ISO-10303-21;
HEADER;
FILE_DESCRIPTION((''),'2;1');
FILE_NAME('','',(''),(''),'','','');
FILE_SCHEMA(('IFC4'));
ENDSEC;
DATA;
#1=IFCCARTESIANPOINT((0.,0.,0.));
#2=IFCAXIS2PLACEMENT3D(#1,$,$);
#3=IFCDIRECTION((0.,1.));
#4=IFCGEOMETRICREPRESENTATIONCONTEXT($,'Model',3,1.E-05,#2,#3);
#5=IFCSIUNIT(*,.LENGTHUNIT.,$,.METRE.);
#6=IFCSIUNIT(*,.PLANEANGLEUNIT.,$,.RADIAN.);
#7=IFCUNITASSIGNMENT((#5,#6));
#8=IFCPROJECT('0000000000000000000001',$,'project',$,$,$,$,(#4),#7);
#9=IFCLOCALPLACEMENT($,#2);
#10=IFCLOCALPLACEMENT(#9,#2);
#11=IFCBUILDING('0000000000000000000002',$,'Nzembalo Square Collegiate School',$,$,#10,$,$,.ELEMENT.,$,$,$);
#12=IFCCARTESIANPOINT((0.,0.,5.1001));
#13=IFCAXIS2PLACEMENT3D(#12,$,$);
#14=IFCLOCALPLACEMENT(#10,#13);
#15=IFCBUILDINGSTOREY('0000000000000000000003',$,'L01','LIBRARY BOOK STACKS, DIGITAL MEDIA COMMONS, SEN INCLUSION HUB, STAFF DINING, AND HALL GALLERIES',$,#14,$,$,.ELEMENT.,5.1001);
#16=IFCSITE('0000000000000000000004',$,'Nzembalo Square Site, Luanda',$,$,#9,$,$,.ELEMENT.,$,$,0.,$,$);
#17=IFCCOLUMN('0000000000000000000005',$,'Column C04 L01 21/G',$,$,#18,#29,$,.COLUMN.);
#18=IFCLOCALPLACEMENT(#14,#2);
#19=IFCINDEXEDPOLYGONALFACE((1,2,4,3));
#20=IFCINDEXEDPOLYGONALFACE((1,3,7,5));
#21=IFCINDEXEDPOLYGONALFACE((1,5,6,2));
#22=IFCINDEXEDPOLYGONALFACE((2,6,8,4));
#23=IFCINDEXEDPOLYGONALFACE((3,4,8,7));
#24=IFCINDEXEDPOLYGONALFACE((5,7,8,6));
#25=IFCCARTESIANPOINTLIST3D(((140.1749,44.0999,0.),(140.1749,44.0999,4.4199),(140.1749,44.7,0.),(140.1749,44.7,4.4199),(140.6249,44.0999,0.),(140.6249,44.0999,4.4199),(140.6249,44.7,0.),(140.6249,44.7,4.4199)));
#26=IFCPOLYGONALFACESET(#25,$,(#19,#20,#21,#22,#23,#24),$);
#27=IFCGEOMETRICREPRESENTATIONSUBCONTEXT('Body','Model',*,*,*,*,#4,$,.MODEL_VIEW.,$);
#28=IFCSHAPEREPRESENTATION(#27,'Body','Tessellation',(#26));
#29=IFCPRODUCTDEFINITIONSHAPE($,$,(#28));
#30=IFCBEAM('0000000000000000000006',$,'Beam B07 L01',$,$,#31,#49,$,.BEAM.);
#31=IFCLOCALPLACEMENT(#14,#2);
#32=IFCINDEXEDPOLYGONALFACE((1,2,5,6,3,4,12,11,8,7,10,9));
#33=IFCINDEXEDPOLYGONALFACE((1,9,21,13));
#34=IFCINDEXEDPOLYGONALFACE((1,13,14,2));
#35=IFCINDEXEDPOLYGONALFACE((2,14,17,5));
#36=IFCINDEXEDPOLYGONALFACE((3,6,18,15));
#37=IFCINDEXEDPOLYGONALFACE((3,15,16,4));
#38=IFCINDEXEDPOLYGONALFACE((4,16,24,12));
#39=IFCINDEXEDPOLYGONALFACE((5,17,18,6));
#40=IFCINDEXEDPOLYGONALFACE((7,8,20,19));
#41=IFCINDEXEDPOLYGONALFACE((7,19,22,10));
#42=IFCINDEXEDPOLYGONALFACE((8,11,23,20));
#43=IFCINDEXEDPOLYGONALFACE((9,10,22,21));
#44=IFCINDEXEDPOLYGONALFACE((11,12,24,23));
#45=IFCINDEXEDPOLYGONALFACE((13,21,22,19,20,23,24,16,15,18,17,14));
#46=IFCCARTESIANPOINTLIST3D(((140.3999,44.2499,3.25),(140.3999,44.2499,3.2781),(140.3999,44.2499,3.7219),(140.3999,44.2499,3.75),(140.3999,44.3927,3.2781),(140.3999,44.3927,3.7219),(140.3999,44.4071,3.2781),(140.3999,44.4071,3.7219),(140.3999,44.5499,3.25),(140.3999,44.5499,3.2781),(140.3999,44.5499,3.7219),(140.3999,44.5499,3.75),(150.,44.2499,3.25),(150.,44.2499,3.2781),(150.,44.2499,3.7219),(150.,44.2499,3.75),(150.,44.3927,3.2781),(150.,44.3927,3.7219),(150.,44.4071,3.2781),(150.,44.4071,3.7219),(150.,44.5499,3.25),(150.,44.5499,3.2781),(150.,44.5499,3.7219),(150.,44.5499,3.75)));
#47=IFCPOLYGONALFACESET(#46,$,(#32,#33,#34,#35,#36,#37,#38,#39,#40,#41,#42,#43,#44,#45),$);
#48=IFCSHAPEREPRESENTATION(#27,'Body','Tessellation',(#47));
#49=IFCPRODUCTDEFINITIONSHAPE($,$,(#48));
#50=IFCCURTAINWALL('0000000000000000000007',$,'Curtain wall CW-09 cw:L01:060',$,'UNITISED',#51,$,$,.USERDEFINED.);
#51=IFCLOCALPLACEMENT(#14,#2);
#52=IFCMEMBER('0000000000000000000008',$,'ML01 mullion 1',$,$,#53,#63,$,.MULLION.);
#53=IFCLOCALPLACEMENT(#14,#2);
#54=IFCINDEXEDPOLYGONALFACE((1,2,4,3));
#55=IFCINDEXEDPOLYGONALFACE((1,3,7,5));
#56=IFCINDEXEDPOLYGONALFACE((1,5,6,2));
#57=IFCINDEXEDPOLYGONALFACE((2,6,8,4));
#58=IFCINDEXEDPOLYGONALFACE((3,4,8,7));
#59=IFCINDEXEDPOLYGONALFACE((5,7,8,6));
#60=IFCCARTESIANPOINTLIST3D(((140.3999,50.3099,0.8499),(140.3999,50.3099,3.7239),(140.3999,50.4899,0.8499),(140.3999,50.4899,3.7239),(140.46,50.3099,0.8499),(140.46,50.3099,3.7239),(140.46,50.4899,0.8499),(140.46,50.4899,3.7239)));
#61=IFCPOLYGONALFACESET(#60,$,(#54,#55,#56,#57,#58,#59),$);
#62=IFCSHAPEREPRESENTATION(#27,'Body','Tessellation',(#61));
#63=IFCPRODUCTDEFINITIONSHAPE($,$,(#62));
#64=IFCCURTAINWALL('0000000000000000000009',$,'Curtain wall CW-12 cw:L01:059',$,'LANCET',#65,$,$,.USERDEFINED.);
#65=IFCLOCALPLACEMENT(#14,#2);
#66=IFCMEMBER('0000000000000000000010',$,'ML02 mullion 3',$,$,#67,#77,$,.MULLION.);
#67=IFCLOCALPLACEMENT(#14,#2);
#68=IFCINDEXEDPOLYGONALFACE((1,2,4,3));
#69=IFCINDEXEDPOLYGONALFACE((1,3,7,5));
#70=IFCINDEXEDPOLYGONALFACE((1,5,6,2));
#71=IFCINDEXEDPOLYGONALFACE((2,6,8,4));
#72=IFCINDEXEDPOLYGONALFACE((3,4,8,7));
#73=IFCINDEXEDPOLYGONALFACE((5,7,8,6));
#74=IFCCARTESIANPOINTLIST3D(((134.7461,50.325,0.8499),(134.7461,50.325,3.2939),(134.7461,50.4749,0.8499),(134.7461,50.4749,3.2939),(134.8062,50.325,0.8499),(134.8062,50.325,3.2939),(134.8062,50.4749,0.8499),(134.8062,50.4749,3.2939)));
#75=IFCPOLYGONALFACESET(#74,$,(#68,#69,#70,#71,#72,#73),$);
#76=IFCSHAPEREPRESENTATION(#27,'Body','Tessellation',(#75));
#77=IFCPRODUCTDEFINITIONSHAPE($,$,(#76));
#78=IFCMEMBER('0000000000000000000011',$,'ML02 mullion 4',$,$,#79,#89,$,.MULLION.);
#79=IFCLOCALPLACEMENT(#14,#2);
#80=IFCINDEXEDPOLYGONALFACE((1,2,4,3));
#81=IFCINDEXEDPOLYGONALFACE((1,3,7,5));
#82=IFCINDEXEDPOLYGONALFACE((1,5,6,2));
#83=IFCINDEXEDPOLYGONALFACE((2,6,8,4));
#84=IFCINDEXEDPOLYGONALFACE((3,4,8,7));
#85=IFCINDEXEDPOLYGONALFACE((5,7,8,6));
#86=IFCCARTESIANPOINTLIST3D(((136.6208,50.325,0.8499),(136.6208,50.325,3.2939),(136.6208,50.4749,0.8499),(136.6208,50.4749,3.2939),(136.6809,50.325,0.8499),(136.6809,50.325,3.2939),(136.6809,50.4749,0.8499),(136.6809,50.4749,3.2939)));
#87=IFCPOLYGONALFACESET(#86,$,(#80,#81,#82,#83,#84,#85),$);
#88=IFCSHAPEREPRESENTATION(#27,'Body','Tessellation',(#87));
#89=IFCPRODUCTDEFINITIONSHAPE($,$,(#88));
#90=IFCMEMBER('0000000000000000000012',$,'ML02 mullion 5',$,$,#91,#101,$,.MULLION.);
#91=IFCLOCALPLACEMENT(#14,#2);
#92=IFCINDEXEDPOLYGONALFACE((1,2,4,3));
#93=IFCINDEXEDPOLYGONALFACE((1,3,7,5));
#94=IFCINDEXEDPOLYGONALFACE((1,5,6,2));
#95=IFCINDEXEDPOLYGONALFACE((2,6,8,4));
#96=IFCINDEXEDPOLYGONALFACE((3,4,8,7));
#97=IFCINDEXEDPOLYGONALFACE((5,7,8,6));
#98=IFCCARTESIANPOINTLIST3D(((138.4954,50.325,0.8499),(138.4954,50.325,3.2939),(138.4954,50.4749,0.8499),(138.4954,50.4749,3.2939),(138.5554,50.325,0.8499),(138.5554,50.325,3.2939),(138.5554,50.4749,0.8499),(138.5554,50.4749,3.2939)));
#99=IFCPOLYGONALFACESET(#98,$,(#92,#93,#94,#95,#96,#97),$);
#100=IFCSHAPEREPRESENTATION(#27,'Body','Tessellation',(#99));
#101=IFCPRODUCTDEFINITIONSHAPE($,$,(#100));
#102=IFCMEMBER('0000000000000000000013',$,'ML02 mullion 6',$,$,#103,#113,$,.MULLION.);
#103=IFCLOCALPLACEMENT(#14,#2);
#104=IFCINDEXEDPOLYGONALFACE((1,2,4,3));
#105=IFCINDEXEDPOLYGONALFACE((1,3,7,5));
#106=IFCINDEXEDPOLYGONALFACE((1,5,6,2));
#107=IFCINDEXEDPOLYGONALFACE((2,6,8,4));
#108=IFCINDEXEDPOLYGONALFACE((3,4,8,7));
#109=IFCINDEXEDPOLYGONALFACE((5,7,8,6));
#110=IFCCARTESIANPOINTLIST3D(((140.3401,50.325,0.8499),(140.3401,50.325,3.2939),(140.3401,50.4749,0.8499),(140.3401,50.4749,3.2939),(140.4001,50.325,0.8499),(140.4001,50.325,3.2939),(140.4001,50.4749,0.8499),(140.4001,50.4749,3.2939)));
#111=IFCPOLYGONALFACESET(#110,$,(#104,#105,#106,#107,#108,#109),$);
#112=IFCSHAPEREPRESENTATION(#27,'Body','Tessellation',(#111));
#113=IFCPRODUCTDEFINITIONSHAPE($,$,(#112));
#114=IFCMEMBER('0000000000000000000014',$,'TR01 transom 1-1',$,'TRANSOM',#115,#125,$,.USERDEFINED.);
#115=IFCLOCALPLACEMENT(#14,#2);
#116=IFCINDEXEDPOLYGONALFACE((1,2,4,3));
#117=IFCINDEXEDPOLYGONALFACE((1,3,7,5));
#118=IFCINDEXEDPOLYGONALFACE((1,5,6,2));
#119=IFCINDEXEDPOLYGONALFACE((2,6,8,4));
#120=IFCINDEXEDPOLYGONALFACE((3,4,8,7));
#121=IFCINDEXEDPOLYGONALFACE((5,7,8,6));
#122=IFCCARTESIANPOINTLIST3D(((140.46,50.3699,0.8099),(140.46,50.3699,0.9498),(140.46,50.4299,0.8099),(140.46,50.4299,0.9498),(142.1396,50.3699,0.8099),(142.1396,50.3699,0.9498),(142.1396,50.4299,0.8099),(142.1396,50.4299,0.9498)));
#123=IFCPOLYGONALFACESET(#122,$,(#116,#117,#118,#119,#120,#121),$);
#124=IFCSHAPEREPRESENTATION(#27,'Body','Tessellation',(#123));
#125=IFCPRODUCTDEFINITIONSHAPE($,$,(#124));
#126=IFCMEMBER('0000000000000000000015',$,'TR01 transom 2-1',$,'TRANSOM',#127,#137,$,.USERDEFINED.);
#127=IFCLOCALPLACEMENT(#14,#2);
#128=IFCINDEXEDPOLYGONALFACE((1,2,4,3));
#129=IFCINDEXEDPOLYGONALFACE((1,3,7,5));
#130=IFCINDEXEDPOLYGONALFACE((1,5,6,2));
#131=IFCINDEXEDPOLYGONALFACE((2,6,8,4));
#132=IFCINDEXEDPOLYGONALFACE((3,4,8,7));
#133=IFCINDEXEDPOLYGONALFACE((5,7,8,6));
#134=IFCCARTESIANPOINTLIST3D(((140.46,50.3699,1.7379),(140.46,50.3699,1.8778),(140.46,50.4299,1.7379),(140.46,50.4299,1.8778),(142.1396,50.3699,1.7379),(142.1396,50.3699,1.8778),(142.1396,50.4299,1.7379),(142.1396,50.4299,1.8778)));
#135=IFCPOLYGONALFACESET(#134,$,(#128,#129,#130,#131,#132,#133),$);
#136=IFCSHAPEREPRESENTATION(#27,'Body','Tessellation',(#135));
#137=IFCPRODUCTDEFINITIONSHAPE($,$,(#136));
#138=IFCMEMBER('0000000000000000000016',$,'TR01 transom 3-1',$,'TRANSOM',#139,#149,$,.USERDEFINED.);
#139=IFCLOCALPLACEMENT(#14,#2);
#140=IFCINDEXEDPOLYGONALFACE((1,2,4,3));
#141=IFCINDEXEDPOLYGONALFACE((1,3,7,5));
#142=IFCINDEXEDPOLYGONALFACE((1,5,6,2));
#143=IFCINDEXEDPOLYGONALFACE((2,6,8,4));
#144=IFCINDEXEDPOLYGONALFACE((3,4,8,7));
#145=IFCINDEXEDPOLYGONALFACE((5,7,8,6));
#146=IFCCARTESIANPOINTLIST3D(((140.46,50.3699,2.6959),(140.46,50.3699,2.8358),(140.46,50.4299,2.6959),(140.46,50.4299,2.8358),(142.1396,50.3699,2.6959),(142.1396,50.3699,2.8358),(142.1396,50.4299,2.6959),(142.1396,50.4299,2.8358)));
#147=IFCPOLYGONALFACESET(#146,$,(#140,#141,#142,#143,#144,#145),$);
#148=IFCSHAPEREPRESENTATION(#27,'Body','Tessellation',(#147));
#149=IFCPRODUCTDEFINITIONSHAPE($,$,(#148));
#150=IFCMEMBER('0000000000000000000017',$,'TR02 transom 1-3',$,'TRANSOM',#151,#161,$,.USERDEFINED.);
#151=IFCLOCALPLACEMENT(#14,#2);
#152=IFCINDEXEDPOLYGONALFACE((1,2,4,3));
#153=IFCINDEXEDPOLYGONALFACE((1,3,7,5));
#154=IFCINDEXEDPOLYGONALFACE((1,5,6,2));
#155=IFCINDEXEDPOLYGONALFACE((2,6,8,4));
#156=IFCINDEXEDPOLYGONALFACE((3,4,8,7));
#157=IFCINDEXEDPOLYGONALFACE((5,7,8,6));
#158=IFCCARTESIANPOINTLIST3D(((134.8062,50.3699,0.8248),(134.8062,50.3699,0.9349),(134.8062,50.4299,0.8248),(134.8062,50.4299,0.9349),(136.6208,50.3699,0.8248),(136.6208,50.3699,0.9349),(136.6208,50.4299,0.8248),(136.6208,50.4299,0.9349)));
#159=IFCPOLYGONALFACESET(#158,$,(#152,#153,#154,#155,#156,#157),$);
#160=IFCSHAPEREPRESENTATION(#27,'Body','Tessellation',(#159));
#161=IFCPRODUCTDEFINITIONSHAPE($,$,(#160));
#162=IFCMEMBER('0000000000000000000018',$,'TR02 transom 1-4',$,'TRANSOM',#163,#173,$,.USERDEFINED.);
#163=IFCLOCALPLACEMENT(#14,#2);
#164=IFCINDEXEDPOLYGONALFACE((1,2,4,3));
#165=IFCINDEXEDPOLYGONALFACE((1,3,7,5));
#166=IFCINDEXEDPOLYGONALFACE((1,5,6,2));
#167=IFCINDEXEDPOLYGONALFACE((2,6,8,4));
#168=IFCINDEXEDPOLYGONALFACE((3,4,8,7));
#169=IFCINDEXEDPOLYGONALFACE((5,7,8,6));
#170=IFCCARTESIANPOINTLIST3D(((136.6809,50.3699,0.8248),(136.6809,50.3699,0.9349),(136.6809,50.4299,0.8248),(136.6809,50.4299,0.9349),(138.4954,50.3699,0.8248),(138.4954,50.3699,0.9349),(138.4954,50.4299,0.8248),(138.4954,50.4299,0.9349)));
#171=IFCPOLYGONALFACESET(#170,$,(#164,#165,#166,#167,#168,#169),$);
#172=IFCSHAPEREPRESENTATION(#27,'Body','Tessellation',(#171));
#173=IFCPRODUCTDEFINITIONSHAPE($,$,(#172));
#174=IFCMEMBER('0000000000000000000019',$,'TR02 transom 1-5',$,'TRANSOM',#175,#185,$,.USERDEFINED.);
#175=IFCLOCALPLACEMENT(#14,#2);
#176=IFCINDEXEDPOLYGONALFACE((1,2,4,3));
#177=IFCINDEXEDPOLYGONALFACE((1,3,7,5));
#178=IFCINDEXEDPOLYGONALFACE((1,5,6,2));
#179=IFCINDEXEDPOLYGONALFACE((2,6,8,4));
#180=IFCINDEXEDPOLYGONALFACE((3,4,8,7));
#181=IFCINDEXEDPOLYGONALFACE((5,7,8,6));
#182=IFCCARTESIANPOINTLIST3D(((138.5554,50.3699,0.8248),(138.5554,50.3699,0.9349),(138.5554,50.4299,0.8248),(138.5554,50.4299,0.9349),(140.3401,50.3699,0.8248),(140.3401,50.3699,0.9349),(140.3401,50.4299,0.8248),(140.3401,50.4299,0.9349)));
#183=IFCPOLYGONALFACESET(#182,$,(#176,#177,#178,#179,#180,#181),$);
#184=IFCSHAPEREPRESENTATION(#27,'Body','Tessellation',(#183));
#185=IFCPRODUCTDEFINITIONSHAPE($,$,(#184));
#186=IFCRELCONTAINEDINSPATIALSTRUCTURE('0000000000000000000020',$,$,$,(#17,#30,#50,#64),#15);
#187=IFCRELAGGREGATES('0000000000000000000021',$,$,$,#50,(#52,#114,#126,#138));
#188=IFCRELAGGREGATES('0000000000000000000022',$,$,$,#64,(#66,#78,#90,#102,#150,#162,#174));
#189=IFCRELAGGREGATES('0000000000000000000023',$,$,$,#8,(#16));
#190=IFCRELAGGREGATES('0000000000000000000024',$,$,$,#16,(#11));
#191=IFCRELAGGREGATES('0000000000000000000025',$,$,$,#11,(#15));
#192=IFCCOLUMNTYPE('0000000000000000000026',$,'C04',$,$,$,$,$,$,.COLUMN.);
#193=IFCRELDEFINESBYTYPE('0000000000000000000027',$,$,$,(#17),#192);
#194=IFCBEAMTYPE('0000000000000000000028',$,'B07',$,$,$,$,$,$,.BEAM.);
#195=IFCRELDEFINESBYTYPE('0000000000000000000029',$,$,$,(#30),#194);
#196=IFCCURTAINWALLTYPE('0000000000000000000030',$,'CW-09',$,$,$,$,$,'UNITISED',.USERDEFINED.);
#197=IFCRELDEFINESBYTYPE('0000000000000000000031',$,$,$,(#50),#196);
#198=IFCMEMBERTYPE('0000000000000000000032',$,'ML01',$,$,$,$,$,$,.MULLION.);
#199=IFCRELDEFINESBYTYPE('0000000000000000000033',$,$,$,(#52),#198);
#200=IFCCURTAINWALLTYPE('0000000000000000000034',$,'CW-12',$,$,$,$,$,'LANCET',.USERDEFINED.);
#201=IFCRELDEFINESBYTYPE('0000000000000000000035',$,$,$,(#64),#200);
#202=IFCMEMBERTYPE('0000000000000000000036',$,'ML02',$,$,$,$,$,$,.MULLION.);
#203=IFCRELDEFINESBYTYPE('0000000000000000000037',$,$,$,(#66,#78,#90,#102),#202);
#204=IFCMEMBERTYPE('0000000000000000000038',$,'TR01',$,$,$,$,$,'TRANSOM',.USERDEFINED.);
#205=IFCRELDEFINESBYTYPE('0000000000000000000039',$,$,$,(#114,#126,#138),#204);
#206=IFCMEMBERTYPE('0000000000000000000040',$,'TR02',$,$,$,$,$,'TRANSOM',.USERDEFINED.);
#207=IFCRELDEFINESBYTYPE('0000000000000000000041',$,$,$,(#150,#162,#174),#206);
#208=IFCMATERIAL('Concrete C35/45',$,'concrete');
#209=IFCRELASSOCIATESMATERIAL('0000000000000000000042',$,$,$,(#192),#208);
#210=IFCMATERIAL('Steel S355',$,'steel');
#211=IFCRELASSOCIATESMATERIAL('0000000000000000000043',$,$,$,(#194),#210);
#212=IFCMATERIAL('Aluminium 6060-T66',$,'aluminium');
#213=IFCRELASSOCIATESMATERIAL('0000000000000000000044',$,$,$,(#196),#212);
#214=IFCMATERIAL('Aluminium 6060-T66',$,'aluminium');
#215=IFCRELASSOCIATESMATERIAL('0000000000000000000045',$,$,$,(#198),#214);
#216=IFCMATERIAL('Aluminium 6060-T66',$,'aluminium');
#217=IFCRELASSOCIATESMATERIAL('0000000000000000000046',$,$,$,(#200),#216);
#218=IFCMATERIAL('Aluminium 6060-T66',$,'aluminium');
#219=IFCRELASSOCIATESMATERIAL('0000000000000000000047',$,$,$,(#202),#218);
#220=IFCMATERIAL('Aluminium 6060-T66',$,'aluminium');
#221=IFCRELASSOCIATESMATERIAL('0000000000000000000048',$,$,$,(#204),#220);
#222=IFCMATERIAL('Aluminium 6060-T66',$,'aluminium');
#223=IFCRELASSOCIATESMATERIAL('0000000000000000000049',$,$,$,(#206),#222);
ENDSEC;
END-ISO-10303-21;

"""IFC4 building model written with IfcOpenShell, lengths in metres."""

from ifc_helpers import new_model, si_unit, direction, frame, origin, origin_2d, place, context, subcontext, project, spatial, rectangle, i_section, extrude, material, material_profile, profile_set, type_object, element, aggregate, save


model = new_model("IFC4")

# Units and contexts
model_context = context("Model", 3, precision=1e-05, world=origin(), true_north=direction((0.0, 1.0)))
body_context = subcontext(model_context, "Body", "Model", "MODEL_VIEW")
ifc_project = project(units=[si_unit("LENGTHUNIT", "METRE"), si_unit("PLANEANGLEUNIT", "RADIAN")], contexts=[model_context])

# Site, building, storey
site_placement = place(None, origin())
site = spatial("IfcSite", under=ifc_project, at=site_placement, Name="Nzembalo Square Site, Luanda", CompositionType="ELEMENT", RefElevation=0.0)
building_placement = place(site_placement, origin())
building = spatial("IfcBuilding", under=site, at=building_placement, Name="Nzembalo Square Collegiate School", CompositionType="ELEMENT")
storey_placement = place(building_placement, frame((0.0, 0.0, 5.1001)))
storey = spatial("IfcBuildingStorey", under=building, at=storey_placement, Name="L01", Description="LIBRARY BOOK STACKS, DIGITAL MEDIA COMMONS, SEN INCLUSION HUB, STAFF DINING, AND HALL GALLERIES", CompositionType="ELEMENT", Elevation=5.1001)

# Column
ifc_material_1 = material(Name="Concrete C35/45", Category="concrete")
ifc_material_profile_1 = material_profile(ifc_material_1, rectangle(XDim=0.45, YDim=0.6001, at=origin_2d()), Name="RC 450x600")
ifc_profile_set_1 = profile_set([ifc_material_profile_1], Name="Concrete C35/45")
column_type = type_object("IfcColumnType", Name="C04", PredefinedType="COLUMN", material=ifc_profile_set_1)
column_placement = place(storey_placement, frame((140.3999, 44.3999, 0.0), z_axis=(0.0, 0.0, 1.0), x_axis=(1.0, 0.0, 0.0)))
element("IfcColumn", 1, at=column_placement, inside=storey, type_object=column_type, Name="Column C04 L01 21/G", PredefinedType="COLUMN", context=body_context, shape_type="SweptSolid", body=[
    extrude(rectangle(XDim=0.45, YDim=0.6001, at=origin_2d()), origin(), (0.0, 0.0, 1.0), 4.4199),
])

# Beam
ifc_material_2 = material(Name="Steel S355", Category="steel")
ifc_material_profile_2 = material_profile(ifc_material_2, i_section(OverallWidth=0.3, OverallDepth=0.5, WebThickness=0.0144, FlangeThickness=0.0281, at=origin_2d()), Name="HEB 500")
ifc_profile_set_2 = profile_set([ifc_material_profile_2], Name="Steel S355")
beam_type = type_object("IfcBeamType", Name="B07", PredefinedType="BEAM", material=ifc_profile_set_2)
beam_placement = place(storey_placement, frame((140.3999, 44.3999, 3.5), z_axis=(1.0, 0.0, 0.0), x_axis=(0.0, 1.0, 0.0)))
element("IfcBeam", 2, at=beam_placement, inside=storey, type_object=beam_type, Name="Beam B07 L01", PredefinedType="BEAM", context=body_context, shape_type="SweptSolid", body=[
    extrude(i_section(OverallWidth=0.3, OverallDepth=0.5, WebThickness=0.0144, FlangeThickness=0.0281, at=origin_2d()), origin(), (0.0, 0.0, 1.0), 9.6001),
])

# Curtain wall, member
ifc_material_3 = material(Name="Aluminium 6060-T66", Category="aluminium")
curtain_wall_type_1 = type_object("IfcCurtainWallType", Name="CW-09", ElementType="UNITISED", PredefinedType="USERDEFINED", material=ifc_material_3)
curtain_wall_1_placement = place(storey_placement, origin())
curtain_wall_1 = element("IfcCurtainWall", 3, at=curtain_wall_1_placement, inside=storey, type_object=curtain_wall_type_1, Name="Curtain wall CW-09 cw:L01:060", ObjectType="UNITISED", PredefinedType="USERDEFINED")
ifc_material_4 = material(Name="Aluminium 6060-T66", Category="aluminium")
ifc_material_profile_3 = material_profile(ifc_material_4, rectangle(XDim=0.0601, YDim=0.1799, at=origin_2d()), Name="ALU M60x180")
ifc_profile_set_3 = profile_set([ifc_material_profile_3], Name="Aluminium 6060-T66")
member_type_1 = type_object("IfcMemberType", Name="ML01", PredefinedType="MULLION", material=ifc_profile_set_3)
member_1_placement = place(storey_placement, frame((140.4299, 50.3999, 0.8499), z_axis=(0.0, 0.0, 1.0), x_axis=(1.0, 0.0, 0.0)))
member_1 = element("IfcMember", 4, at=member_1_placement, type_object=member_type_1, Name="ML01 mullion 1", PredefinedType="MULLION", context=body_context, shape_type="SweptSolid", body=[
    extrude(rectangle(XDim=0.0601, YDim=0.1799, at=origin_2d()), origin(), (0.0, 0.0, 1.0), 2.874),
])

# Curtain wall, members
ifc_material_5 = material(Name="Aluminium 6060-T66", Category="aluminium")
curtain_wall_type_2 = type_object("IfcCurtainWallType", Name="CW-12", ElementType="LANCET", PredefinedType="USERDEFINED", material=ifc_material_5)
curtain_wall_2_placement = place(storey_placement, origin())
curtain_wall_2 = element("IfcCurtainWall", 5, at=curtain_wall_2_placement, inside=storey, type_object=curtain_wall_type_2, Name="Curtain wall CW-12 cw:L01:059", ObjectType="LANCET", PredefinedType="USERDEFINED")
ifc_material_6 = material(Name="Aluminium 6060-T66", Category="aluminium")
ifc_material_profile_4 = material_profile(ifc_material_6, rectangle(XDim=0.0601, YDim=0.1499, at=origin_2d()), Name="ALU M60x150")
ifc_profile_set_4 = profile_set([ifc_material_profile_4], Name="Aluminium 6060-T66")
member_type_2 = type_object("IfcMemberType", Name="ML02", PredefinedType="MULLION", material=ifc_profile_set_4)
member_2_placement = place(storey_placement, frame((134.7761, 50.3999, 0.8499), z_axis=(0.0, 0.0, 1.0), x_axis=(1.0, 0.0, 0.0)))
member_2 = element("IfcMember", 6, at=member_2_placement, type_object=member_type_2, Name="ML02 mullion 3", PredefinedType="MULLION", context=body_context, shape_type="SweptSolid", body=[
    extrude(rectangle(XDim=0.0601, YDim=0.1499, at=origin_2d()), origin(), (0.0, 0.0, 1.0), 2.4441),
])
member_3_placement = place(storey_placement, frame((136.6509, 50.3999, 0.8499), z_axis=(0.0, 0.0, 1.0), x_axis=(1.0, 0.0, 0.0)))
member_3 = element("IfcMember", 7, at=member_3_placement, type_object=member_type_2, Name="ML02 mullion 4", PredefinedType="MULLION", context=body_context, shape_type="SweptSolid", body=[
    extrude(rectangle(XDim=0.0601, YDim=0.1499, at=origin_2d()), origin(), (0.0, 0.0, 1.0), 2.4441),
])
member_4_placement = place(storey_placement, frame((138.5254, 50.3999, 0.8499), z_axis=(0.0, 0.0, 1.0), x_axis=(1.0, 0.0, 0.0)))
member_4 = element("IfcMember", 8, at=member_4_placement, type_object=member_type_2, Name="ML02 mullion 5", PredefinedType="MULLION", context=body_context, shape_type="SweptSolid", body=[
    extrude(rectangle(XDim=0.0601, YDim=0.1499, at=origin_2d()), origin(), (0.0, 0.0, 1.0), 2.4441),
])
member_5_placement = place(storey_placement, frame((140.3701, 50.3999, 0.8499), z_axis=(0.0, 0.0, 1.0), x_axis=(1.0, 0.0, 0.0)))
member_5 = element("IfcMember", 9, at=member_5_placement, type_object=member_type_2, Name="ML02 mullion 6", PredefinedType="MULLION", context=body_context, shape_type="SweptSolid", body=[
    extrude(rectangle(XDim=0.0601, YDim=0.1499, at=origin_2d()), origin(), (0.0, 0.0, 1.0), 2.4441),
])

# Members
ifc_material_7 = material(Name="Aluminium 6060-T66", Category="aluminium")
ifc_material_profile_5 = material_profile(ifc_material_7, rectangle(XDim=0.0601, YDim=0.1399, at=origin_2d()), Name="ALU T60x140")
ifc_profile_set_5 = profile_set([ifc_material_profile_5], Name="Aluminium 6060-T66")
member_type_3 = type_object("IfcMemberType", Name="TR01", ElementType="TRANSOM", PredefinedType="USERDEFINED", material=ifc_profile_set_5)
member_6_placement = place(storey_placement, frame((140.46, 50.3999, 0.8799), z_axis=(1.0, 0.0, 0.0), x_axis=(0.0, 1.0, 0.0)))
member_6 = element("IfcMember", 10, at=member_6_placement, type_object=member_type_3, Name="TR01 transom 1-1", ObjectType="TRANSOM", PredefinedType="USERDEFINED", context=body_context, shape_type="SweptSolid", body=[
    extrude(rectangle(XDim=0.0601, YDim=0.1399, at=origin_2d()), origin(), (0.0, 0.0, 1.0), 1.6797),
])
member_7_placement = place(storey_placement, frame((140.46, 50.3999, 1.8079), z_axis=(1.0, 0.0, 0.0), x_axis=(0.0, 1.0, 0.0)))
member_7 = element("IfcMember", 11, at=member_7_placement, type_object=member_type_3, Name="TR01 transom 2-1", ObjectType="TRANSOM", PredefinedType="USERDEFINED", context=body_context, shape_type="SweptSolid", body=[
    extrude(rectangle(XDim=0.0601, YDim=0.1399, at=origin_2d()), origin(), (0.0, 0.0, 1.0), 1.6797),
])
member_8_placement = place(storey_placement, frame((140.46, 50.3999, 2.7659), z_axis=(1.0, 0.0, 0.0), x_axis=(0.0, 1.0, 0.0)))
member_8 = element("IfcMember", 12, at=member_8_placement, type_object=member_type_3, Name="TR01 transom 3-1", ObjectType="TRANSOM", PredefinedType="USERDEFINED", context=body_context, shape_type="SweptSolid", body=[
    extrude(rectangle(XDim=0.0601, YDim=0.1399, at=origin_2d()), origin(), (0.0, 0.0, 1.0), 1.6797),
])
aggregate(curtain_wall_1, [member_1, member_6, member_7, member_8])
ifc_material_8 = material(Name="Aluminium 6060-T66", Category="aluminium")
ifc_material_profile_6 = material_profile(ifc_material_8, rectangle(XDim=0.0601, YDim=0.1101, at=origin_2d()), Name="ALU T60x110")
ifc_profile_set_6 = profile_set([ifc_material_profile_6], Name="Aluminium 6060-T66")
member_type_4 = type_object("IfcMemberType", Name="TR02", ElementType="TRANSOM", PredefinedType="USERDEFINED", material=ifc_profile_set_6)
member_9_placement = place(storey_placement, frame((134.8062, 50.3999, 0.8799), z_axis=(1.0, 0.0, 0.0), x_axis=(0.0, 1.0, 0.0)))
member_9 = element("IfcMember", 13, at=member_9_placement, type_object=member_type_4, Name="TR02 transom 1-3", ObjectType="TRANSOM", PredefinedType="USERDEFINED", context=body_context, shape_type="SweptSolid", body=[
    extrude(rectangle(XDim=0.0601, YDim=0.1101, at=origin_2d()), origin(), (0.0, 0.0, 1.0), 1.8147),
])
member_10_placement = place(storey_placement, frame((136.6809, 50.3999, 0.8799), z_axis=(1.0, 0.0, 0.0), x_axis=(0.0, 1.0, 0.0)))
member_10 = element("IfcMember", 14, at=member_10_placement, type_object=member_type_4, Name="TR02 transom 1-4", ObjectType="TRANSOM", PredefinedType="USERDEFINED", context=body_context, shape_type="SweptSolid", body=[
    extrude(rectangle(XDim=0.0601, YDim=0.1101, at=origin_2d()), origin(), (0.0, 0.0, 1.0), 1.8145),
])
member_11_placement = place(storey_placement, frame((138.5554, 50.3999, 0.8799), z_axis=(1.0, 0.0, 0.0), x_axis=(0.0, 1.0, 0.0)))
member_11 = element("IfcMember", 15, at=member_11_placement, type_object=member_type_4, Name="TR02 transom 1-5", ObjectType="TRANSOM", PredefinedType="USERDEFINED", context=body_context, shape_type="SweptSolid", body=[
    extrude(rectangle(XDim=0.0601, YDim=0.1101, at=origin_2d()), origin(), (0.0, 0.0, 1.0), 1.7847),
])

aggregate(curtain_wall_2, [member_2, member_3, member_4, member_5, member_9, member_10, member_11])

save(model, "model.ifc")
